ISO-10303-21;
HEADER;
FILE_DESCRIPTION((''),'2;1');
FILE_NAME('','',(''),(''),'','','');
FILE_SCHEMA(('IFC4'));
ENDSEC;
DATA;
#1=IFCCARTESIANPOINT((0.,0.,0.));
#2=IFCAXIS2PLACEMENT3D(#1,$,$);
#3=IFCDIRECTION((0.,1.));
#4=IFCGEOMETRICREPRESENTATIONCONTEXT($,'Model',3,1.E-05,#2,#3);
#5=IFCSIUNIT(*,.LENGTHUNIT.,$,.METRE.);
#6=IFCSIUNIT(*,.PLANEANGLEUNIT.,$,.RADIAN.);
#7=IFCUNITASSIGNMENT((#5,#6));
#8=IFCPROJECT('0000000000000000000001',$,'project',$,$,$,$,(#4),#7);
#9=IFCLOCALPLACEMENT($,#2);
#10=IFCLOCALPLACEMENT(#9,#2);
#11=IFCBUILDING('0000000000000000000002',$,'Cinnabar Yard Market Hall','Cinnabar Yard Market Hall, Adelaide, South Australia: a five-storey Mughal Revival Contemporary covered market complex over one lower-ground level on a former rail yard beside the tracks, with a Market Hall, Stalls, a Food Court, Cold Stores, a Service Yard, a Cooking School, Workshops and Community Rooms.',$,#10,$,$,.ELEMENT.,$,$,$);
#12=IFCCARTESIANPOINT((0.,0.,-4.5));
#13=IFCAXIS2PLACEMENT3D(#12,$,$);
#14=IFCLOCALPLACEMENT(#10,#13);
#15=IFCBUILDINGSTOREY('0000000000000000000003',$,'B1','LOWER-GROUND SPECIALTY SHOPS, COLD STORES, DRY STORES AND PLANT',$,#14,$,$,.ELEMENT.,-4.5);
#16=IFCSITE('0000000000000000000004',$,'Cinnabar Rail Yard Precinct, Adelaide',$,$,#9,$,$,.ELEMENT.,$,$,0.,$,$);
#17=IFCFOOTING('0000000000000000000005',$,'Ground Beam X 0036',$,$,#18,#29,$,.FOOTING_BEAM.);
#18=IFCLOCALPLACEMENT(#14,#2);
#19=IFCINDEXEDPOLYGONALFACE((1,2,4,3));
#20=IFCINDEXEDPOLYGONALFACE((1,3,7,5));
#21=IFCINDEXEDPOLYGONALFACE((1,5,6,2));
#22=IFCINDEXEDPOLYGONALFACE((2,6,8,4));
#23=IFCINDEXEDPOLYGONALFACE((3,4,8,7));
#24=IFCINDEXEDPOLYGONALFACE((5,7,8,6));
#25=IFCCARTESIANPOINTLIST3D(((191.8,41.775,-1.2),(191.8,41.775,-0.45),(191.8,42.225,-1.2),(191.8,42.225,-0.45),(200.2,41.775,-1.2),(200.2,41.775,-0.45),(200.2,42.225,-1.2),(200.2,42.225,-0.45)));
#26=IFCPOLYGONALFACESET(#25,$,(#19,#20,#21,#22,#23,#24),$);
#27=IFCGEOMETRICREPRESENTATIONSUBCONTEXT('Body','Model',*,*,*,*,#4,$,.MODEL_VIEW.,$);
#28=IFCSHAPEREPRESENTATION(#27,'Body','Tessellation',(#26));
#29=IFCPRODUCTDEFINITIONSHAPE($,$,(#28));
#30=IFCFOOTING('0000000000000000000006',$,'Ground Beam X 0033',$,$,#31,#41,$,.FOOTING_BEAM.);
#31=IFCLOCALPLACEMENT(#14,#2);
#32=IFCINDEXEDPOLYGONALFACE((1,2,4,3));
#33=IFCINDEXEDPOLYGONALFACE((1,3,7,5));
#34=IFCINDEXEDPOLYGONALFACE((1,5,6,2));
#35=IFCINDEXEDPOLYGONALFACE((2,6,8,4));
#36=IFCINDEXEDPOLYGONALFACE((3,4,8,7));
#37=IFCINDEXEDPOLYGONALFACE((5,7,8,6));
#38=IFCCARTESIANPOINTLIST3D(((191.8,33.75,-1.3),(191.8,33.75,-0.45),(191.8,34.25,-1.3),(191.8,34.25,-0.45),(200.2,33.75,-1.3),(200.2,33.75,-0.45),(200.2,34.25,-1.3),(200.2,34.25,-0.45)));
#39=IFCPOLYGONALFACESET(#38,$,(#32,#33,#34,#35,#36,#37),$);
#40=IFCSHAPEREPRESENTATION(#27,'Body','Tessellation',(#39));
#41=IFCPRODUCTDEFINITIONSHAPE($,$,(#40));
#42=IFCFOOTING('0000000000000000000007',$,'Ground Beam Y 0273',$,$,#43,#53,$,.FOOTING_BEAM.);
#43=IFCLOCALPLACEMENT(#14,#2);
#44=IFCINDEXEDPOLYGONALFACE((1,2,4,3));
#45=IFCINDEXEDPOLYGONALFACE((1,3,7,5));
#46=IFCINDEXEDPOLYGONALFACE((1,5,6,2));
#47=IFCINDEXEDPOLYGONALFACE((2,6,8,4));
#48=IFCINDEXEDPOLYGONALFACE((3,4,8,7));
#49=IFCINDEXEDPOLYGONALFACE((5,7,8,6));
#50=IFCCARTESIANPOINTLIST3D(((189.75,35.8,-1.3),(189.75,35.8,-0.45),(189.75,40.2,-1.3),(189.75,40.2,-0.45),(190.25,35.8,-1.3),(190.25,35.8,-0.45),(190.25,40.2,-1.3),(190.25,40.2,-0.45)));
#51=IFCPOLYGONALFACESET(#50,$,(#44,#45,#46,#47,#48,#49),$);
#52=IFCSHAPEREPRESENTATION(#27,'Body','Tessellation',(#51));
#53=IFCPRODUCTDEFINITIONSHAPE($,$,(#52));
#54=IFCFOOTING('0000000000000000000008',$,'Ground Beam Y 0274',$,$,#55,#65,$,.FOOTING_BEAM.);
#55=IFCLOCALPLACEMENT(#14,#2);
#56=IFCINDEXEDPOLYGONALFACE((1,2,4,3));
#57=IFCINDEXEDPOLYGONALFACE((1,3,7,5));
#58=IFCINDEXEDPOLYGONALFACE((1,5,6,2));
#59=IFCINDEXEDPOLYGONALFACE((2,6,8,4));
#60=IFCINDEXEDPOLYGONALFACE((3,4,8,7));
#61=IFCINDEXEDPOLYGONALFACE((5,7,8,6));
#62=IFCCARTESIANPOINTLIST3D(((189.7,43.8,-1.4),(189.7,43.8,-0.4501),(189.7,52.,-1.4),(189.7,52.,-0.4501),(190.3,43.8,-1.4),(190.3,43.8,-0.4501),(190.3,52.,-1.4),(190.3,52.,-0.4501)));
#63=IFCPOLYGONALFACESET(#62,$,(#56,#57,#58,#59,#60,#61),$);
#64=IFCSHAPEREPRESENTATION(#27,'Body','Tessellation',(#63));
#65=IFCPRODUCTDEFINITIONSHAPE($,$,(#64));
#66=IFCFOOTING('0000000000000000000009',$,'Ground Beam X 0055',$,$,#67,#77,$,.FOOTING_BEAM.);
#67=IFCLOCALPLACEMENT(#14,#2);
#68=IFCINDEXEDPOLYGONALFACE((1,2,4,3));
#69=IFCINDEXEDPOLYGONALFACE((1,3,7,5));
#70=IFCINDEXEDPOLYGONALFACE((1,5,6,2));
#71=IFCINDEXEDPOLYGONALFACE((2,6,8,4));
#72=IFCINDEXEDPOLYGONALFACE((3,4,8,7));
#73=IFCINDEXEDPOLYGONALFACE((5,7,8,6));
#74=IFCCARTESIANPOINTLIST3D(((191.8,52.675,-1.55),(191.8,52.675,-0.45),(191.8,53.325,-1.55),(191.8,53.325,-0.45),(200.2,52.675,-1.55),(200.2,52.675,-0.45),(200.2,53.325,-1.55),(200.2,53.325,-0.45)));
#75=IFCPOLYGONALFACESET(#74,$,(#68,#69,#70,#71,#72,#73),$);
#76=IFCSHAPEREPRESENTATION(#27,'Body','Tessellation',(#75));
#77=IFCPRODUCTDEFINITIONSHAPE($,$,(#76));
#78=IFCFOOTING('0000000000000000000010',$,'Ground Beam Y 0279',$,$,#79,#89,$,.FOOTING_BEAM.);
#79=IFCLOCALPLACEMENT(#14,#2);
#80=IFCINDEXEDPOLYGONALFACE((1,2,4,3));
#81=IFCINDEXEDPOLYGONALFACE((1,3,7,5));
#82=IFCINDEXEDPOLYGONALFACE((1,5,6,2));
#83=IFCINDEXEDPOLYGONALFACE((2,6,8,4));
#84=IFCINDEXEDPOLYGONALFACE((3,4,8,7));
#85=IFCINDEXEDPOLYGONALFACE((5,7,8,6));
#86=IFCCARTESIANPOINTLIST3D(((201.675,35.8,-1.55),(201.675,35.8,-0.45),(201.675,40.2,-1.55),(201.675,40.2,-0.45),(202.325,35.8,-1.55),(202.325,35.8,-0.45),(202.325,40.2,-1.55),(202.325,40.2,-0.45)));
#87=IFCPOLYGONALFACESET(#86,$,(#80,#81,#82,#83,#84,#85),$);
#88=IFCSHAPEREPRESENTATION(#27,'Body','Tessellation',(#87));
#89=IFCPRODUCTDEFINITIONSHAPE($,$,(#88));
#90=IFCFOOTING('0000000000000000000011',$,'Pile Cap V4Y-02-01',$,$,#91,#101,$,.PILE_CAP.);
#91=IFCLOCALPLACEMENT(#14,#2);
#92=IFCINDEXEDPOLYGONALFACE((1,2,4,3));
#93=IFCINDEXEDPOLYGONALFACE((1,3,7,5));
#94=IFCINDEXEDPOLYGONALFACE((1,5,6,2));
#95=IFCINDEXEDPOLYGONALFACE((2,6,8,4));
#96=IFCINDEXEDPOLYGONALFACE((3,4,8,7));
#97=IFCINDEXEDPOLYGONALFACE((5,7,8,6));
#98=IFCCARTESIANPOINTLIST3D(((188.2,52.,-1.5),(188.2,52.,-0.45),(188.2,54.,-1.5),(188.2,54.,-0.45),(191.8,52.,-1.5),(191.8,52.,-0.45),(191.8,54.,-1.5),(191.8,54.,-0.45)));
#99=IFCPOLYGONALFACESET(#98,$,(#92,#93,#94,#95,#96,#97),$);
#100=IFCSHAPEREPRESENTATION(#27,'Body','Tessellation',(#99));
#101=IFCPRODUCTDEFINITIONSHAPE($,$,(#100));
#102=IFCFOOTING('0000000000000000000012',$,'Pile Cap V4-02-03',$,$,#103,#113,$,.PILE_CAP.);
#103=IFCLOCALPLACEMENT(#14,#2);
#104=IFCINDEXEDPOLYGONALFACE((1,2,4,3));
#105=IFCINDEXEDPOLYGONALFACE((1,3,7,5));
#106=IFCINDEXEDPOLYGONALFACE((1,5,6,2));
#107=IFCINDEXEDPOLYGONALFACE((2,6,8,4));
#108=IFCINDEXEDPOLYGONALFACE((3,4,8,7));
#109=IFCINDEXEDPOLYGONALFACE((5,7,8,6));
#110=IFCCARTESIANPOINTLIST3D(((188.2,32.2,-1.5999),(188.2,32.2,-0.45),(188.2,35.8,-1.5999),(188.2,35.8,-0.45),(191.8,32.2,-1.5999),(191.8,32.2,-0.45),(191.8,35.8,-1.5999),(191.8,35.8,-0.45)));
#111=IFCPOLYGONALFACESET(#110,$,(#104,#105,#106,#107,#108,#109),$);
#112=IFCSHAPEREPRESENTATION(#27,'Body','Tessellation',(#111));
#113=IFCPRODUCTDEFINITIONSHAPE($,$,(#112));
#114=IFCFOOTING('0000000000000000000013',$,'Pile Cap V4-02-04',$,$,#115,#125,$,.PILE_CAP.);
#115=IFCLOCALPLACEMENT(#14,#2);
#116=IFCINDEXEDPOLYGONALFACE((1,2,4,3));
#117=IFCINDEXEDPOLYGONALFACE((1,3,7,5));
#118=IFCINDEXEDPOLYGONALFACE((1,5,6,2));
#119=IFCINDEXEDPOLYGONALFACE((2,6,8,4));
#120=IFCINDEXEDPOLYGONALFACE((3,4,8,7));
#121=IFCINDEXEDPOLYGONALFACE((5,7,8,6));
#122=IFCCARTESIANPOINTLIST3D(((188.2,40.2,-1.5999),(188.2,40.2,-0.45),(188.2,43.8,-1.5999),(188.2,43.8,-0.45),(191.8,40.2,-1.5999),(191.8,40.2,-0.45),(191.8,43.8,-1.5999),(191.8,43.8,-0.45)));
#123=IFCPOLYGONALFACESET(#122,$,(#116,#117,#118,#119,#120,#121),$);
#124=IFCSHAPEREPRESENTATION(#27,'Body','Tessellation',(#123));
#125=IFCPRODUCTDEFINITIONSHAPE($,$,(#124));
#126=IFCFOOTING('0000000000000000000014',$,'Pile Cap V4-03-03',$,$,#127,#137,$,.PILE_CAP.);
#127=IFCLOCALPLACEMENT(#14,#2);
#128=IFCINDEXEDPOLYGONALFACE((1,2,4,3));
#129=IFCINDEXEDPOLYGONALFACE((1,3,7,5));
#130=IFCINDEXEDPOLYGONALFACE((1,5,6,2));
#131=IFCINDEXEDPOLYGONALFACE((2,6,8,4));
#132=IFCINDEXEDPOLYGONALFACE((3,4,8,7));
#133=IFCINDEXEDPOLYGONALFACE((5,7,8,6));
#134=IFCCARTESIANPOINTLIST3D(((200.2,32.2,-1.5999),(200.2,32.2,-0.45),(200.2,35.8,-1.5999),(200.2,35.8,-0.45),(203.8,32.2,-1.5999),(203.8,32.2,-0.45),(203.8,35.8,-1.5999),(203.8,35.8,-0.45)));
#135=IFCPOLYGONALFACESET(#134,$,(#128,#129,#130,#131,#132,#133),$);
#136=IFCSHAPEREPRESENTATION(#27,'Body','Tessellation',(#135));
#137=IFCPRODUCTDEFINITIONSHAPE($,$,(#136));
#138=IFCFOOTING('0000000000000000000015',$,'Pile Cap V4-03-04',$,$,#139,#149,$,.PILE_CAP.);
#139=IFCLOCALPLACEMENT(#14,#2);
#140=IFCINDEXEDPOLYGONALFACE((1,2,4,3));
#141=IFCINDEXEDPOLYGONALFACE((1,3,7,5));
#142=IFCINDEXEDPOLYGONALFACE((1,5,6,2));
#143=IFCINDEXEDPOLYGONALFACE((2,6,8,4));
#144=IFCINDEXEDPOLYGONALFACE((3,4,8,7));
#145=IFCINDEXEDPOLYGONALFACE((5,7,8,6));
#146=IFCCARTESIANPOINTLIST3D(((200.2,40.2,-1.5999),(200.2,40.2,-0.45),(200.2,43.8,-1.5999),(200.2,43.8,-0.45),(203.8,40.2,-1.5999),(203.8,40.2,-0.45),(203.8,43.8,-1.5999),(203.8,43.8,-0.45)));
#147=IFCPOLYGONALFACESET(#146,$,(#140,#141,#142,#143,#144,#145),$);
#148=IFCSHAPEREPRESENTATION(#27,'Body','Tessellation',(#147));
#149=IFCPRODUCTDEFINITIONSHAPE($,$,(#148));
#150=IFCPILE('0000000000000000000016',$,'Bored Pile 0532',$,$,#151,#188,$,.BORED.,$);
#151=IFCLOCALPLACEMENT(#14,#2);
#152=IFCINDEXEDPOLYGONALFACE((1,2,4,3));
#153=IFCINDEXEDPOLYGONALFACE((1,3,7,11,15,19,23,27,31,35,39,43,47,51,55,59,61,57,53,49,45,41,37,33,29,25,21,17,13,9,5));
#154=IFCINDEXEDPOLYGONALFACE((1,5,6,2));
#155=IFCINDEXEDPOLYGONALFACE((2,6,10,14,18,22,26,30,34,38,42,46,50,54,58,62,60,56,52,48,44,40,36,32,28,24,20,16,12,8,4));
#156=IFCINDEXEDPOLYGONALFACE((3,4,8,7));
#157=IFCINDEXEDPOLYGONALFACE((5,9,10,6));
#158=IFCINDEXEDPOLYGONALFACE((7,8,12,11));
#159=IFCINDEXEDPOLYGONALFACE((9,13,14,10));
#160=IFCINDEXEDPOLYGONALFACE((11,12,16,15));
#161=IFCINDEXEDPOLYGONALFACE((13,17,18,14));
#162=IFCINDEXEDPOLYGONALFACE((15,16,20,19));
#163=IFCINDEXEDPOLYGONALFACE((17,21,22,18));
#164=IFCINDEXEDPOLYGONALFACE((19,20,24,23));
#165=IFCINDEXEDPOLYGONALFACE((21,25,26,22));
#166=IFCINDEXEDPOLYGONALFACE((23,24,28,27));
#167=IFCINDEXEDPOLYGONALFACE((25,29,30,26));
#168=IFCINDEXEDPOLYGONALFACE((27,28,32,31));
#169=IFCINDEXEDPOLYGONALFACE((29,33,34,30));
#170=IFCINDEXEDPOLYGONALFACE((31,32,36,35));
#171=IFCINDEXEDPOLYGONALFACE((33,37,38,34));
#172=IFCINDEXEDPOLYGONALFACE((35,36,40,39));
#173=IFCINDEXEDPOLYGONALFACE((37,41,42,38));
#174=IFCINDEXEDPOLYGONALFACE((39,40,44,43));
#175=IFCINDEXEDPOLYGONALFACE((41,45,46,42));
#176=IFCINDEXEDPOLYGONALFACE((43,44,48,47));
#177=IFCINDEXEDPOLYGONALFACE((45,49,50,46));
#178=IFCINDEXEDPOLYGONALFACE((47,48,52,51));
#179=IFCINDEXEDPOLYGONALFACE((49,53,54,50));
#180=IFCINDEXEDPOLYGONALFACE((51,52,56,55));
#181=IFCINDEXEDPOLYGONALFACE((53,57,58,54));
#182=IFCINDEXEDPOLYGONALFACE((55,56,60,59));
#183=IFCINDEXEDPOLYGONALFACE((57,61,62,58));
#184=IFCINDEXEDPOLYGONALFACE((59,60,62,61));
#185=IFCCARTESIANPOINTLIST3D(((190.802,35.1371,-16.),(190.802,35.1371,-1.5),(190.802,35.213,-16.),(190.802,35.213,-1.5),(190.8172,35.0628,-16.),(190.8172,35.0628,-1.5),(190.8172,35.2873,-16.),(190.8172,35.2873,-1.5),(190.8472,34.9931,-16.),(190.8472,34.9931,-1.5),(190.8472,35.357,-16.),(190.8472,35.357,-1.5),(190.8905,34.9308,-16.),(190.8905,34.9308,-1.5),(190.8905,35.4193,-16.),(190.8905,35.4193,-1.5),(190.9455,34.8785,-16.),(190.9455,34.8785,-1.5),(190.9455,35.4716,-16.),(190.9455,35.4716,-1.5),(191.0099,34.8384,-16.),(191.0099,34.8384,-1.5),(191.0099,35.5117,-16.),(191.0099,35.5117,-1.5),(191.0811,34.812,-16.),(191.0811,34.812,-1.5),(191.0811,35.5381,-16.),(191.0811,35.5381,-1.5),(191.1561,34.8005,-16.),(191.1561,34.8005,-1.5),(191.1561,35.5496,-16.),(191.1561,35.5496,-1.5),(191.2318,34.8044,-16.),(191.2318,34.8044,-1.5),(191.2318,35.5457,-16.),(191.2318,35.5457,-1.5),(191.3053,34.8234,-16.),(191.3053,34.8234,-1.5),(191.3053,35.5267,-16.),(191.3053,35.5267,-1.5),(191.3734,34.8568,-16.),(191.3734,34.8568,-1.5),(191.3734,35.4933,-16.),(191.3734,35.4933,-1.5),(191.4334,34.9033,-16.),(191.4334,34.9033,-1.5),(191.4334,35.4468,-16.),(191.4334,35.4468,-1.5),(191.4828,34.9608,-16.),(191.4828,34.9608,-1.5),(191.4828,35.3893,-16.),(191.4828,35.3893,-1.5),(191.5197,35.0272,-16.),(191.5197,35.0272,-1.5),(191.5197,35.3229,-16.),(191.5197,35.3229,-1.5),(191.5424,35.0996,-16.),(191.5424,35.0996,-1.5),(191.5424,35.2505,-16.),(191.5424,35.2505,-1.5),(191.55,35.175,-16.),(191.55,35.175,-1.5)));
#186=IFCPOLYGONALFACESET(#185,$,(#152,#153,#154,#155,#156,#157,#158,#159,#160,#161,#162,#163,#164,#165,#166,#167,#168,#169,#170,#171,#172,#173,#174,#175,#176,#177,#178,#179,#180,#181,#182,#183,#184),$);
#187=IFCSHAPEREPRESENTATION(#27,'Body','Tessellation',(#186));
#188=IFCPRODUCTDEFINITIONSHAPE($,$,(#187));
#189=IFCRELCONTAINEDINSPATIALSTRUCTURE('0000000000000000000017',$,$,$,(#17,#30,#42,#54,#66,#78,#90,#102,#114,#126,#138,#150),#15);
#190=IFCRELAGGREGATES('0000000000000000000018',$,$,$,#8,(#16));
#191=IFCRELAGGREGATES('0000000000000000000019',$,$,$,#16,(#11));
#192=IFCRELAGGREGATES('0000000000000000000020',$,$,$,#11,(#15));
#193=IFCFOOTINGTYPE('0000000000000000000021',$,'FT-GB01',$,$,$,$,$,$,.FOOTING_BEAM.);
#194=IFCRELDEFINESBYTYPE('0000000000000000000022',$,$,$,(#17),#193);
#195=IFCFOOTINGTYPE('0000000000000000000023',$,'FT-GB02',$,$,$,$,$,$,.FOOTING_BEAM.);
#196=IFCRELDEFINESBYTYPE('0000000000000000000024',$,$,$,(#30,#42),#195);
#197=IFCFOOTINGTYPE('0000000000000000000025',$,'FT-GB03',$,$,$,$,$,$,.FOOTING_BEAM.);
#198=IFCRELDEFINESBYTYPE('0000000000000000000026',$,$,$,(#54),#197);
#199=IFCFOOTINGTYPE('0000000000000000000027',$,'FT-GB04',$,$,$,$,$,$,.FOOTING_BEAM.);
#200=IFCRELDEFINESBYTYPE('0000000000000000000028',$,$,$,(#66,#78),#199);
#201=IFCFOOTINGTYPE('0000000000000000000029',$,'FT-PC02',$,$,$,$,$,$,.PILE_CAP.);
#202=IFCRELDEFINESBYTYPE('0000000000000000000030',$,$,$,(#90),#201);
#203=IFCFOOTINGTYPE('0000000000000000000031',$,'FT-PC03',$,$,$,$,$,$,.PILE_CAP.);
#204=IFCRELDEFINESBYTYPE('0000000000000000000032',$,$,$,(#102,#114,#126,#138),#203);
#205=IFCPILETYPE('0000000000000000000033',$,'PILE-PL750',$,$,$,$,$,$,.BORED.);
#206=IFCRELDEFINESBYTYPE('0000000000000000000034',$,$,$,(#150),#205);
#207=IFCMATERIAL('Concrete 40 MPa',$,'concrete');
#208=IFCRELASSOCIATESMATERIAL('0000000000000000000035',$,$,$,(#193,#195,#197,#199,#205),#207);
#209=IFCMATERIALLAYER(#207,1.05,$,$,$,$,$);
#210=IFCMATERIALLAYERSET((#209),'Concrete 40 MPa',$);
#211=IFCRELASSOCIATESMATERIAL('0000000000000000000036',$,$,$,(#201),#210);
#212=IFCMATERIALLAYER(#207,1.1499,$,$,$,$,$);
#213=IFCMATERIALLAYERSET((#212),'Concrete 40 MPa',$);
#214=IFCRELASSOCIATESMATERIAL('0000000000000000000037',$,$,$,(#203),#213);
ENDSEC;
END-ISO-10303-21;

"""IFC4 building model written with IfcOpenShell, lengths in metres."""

from ifc_helpers import new_model, si_unit, direction, frame, origin, origin_2d_with_axis, place, context, subcontext, project, spatial, rectangle, circle, extrude, material, layer, layer_set, material_profile, profile_set, type_object, element, save


model = new_model("IFC4")

# Units and contexts
model_context = context("Model", 3, precision=1e-05, world=origin(), true_north=direction((0.0, 1.0)))
body_context = subcontext(model_context, "Body", "Model", "MODEL_VIEW")
ifc_project = project(units=[si_unit("LENGTHUNIT", "METRE"), si_unit("PLANEANGLEUNIT", "RADIAN")], contexts=[model_context])

# Site, building, storey
site_placement = place(None, origin())
site = spatial("IfcSite", under=ifc_project, at=site_placement, Name="Cinnabar Rail Yard Precinct, Adelaide", CompositionType="ELEMENT", RefElevation=0.0)
building_placement = place(site_placement, origin())
building = spatial("IfcBuilding", under=site, at=building_placement, Name="Cinnabar Yard Market Hall", Description="Cinnabar Yard Market Hall, Adelaide, South Australia: a five-storey Mughal Revival Contemporary covered market complex over one lower-ground level on a former rail yard beside the tracks, with a Market Hall, Stalls, a Food Court, Cold Stores, a Service Yard, a Cooking School, Workshops and Community Rooms.", CompositionType="ELEMENT")
storey_placement = place(building_placement, frame((0.0, 0.0, -4.5)))
storey = spatial("IfcBuildingStorey", under=building, at=storey_placement, Name="B1", Description="LOWER-GROUND SPECIALTY SHOPS, COLD STORES, DRY STORES AND PLANT", CompositionType="ELEMENT", Elevation=-4.5)

# Footings
ifc_material_1 = material(Name="Concrete 40 MPa", Category="concrete")
ifc_material_profile_1 = material_profile(ifc_material_1, rectangle(XDim=0.45, YDim=0.75, at=origin_2d_with_axis()), Name="GB-450x750")
ifc_profile_set_1 = profile_set([ifc_material_profile_1], Name="Concrete 40 MPa")
footing_type_1 = type_object("IfcFootingType", Name="FT-GB01", PredefinedType="FOOTING_BEAM", material=ifc_profile_set_1)
footing_1_placement = place(storey_placement, frame((191.8, 42.0, -0.825), z_axis=(1.0, 0.0, 0.0), x_axis=(0.0, 1.0, 0.0)))
element("IfcFooting", 1, at=footing_1_placement, inside=storey, type_object=footing_type_1, Name="Ground Beam X 0036", PredefinedType="FOOTING_BEAM", context=body_context, shape_type="SweptSolid", body=[
    extrude(rectangle(XDim=0.45, YDim=0.75, at=origin_2d_with_axis()), origin(), (0.0, 0.0, 1.0), 8.3999),
])
ifc_material_profile_2 = material_profile(ifc_material_1, rectangle(XDim=0.5, YDim=0.8501, at=origin_2d_with_axis()), Name="GB-500x850")
ifc_profile_set_2 = profile_set([ifc_material_profile_2], Name="Concrete 40 MPa")
footing_type_2 = type_object("IfcFootingType", Name="FT-GB02", PredefinedType="FOOTING_BEAM", material=ifc_profile_set_2)
footing_2_placement = place(storey_placement, frame((191.8, 34.0, -0.875), z_axis=(1.0, 0.0, 0.0), x_axis=(0.0, 1.0, 0.0)))
element("IfcFooting", 2, at=footing_2_placement, inside=storey, type_object=footing_type_2, Name="Ground Beam X 0033", PredefinedType="FOOTING_BEAM", context=body_context, shape_type="SweptSolid", body=[
    extrude(rectangle(XDim=0.5, YDim=0.8501, at=origin_2d_with_axis()), origin(), (0.0, 0.0, 1.0), 8.3999),
])
footing_3_placement = place(storey_placement, frame((190.0, 35.8, -0.875), z_axis=(0.0, 1.0, 0.0), x_axis=(-1.0, 0.0, 0.0)))
element("IfcFooting", 3, at=footing_3_placement, inside=storey, type_object=footing_type_2, Name="Ground Beam Y 0273", PredefinedType="FOOTING_BEAM", context=body_context, shape_type="SweptSolid", body=[
    extrude(rectangle(XDim=0.5, YDim=0.8501, at=origin_2d_with_axis()), origin(), (0.0, 0.0, 1.0), 4.3999),
])
ifc_material_profile_3 = material_profile(ifc_material_1, rectangle(XDim=0.6001, YDim=0.95, at=origin_2d_with_axis()), Name="GB-600x950")
ifc_profile_set_3 = profile_set([ifc_material_profile_3], Name="Concrete 40 MPa")
footing_type_3 = type_object("IfcFootingType", Name="FT-GB03", PredefinedType="FOOTING_BEAM", material=ifc_profile_set_3)
footing_4_placement = place(storey_placement, frame((190.0, 43.8, -0.925), z_axis=(0.0, 1.0, 0.0), x_axis=(-1.0, 0.0, 0.0)))
element("IfcFooting", 4, at=footing_4_placement, inside=storey, type_object=footing_type_3, Name="Ground Beam Y 0274", PredefinedType="FOOTING_BEAM", context=body_context, shape_type="SweptSolid", body=[
    extrude(rectangle(XDim=0.6001, YDim=0.95, at=origin_2d_with_axis()), origin(), (0.0, 0.0, 1.0), 8.2),
])
ifc_material_profile_4 = material_profile(ifc_material_1, rectangle(XDim=0.6499, YDim=1.1001, at=origin_2d_with_axis()), Name="GB-650x1100")
ifc_profile_set_4 = profile_set([ifc_material_profile_4], Name="Concrete 40 MPa")
footing_type_4 = type_object("IfcFootingType", Name="FT-GB04", PredefinedType="FOOTING_BEAM", material=ifc_profile_set_4)
footing_5_placement = place(storey_placement, frame((191.8, 53.0, -1.0), z_axis=(1.0, 0.0, 0.0), x_axis=(0.0, 1.0, 0.0)))
element("IfcFooting", 5, at=footing_5_placement, inside=storey, type_object=footing_type_4, Name="Ground Beam X 0055", PredefinedType="FOOTING_BEAM", context=body_context, shape_type="SweptSolid", body=[
    extrude(rectangle(XDim=0.6499, YDim=1.1001, at=origin_2d_with_axis()), origin(), (0.0, 0.0, 1.0), 8.3999),
])
footing_6_placement = place(storey_placement, frame((202.0, 35.8, -1.0), z_axis=(0.0, 1.0, 0.0), x_axis=(-1.0, 0.0, 0.0)))
element("IfcFooting", 6, at=footing_6_placement, inside=storey, type_object=footing_type_4, Name="Ground Beam Y 0279", PredefinedType="FOOTING_BEAM", context=body_context, shape_type="SweptSolid", body=[
    extrude(rectangle(XDim=0.6499, YDim=1.1001, at=origin_2d_with_axis()), origin(), (0.0, 0.0, 1.0), 4.3999),
])
ifc_layer_1 = layer(ifc_material_1, 1.05)
ifc_layer_set_1 = layer_set([ifc_layer_1], Name="Concrete 40 MPa")
footing_type_5 = type_object("IfcFootingType", Name="FT-PC02", PredefinedType="PILE_CAP", material=ifc_layer_set_1)
footing_7_placement = place(storey_placement, frame((190.0, 53.0, -1.5), z_axis=(0.0, 0.0, 1.0), x_axis=(1.0, 0.0, 0.0)))
element("IfcFooting", 7, at=footing_7_placement, inside=storey, type_object=footing_type_5, Name="Pile Cap V4Y-02-01", PredefinedType="PILE_CAP", context=body_context, shape_type="SweptSolid", body=[
    extrude(rectangle(XDim=3.6001, YDim=2.0, at=origin_2d_with_axis()), origin(), (0.0, 0.0, 1.0), 1.05),
])
ifc_layer_2 = layer(ifc_material_1, 1.1499)
ifc_layer_set_2 = layer_set([ifc_layer_2], Name="Concrete 40 MPa")
footing_type_6 = type_object("IfcFootingType", Name="FT-PC03", PredefinedType="PILE_CAP", material=ifc_layer_set_2)
for number, where, z_axis, x_axis, name in (
    (8, (190.0, 34.0, -1.5999), (0.0, 0.0, 1.0), (1.0, 0.0, 0.0), "Pile Cap V4-02-03"),
    (9, (190.0, 42.0, -1.5999), (0.0, 0.0, 1.0), (1.0, 0.0, 0.0), "Pile Cap V4-02-04"),
    (10, (202.0, 34.0, -1.5999), (0.0, 0.0, 1.0), (1.0, 0.0, 0.0), "Pile Cap V4-03-03"),
    (11, (202.0, 42.0, -1.5999), (0.0, 0.0, 1.0), (1.0, 0.0, 0.0), "Pile Cap V4-03-04"),
):
    element("IfcFooting", number, at=place(storey_placement, frame(where, z_axis=z_axis, x_axis=x_axis)), inside=storey, type_object=footing_type_6, Name=name, PredefinedType="PILE_CAP", context=body_context, shape_type="SweptSolid", body=[
        extrude(rectangle(XDim=3.6001, YDim=3.6001, at=origin_2d_with_axis()), origin(), (0.0, 0.0, 1.0), 1.1499),
    ])

# Pile
ifc_material_profile_5 = material_profile(ifc_material_1, circle(Radius=0.375, at=origin_2d_with_axis()), Name="PILE-D750")
ifc_profile_set_5 = profile_set([ifc_material_profile_5], Name="Concrete 40 MPa")
pile_type = type_object("IfcPileType", Name="PILE-PL750", PredefinedType="BORED", material=ifc_profile_set_5)
for number, where, z_axis, x_axis, name in (
    (12, (191.175, 35.175, -1.5), (0.0, 0.0, -1.0), (1.0, 0.0, 0.0), "Bored Pile 0532"),
):
    element("IfcPile", number, at=place(storey_placement, frame(where, z_axis=z_axis, x_axis=x_axis)), inside=storey, type_object=pile_type, Name=name, PredefinedType="BORED", context=body_context, shape_type="SweptSolid", body=[
        extrude(circle(Radius=0.375, at=origin_2d_with_axis()), origin(), (0.0, 0.0, 1.0), 14.5),
    ])

save(model, "model.ifc")
